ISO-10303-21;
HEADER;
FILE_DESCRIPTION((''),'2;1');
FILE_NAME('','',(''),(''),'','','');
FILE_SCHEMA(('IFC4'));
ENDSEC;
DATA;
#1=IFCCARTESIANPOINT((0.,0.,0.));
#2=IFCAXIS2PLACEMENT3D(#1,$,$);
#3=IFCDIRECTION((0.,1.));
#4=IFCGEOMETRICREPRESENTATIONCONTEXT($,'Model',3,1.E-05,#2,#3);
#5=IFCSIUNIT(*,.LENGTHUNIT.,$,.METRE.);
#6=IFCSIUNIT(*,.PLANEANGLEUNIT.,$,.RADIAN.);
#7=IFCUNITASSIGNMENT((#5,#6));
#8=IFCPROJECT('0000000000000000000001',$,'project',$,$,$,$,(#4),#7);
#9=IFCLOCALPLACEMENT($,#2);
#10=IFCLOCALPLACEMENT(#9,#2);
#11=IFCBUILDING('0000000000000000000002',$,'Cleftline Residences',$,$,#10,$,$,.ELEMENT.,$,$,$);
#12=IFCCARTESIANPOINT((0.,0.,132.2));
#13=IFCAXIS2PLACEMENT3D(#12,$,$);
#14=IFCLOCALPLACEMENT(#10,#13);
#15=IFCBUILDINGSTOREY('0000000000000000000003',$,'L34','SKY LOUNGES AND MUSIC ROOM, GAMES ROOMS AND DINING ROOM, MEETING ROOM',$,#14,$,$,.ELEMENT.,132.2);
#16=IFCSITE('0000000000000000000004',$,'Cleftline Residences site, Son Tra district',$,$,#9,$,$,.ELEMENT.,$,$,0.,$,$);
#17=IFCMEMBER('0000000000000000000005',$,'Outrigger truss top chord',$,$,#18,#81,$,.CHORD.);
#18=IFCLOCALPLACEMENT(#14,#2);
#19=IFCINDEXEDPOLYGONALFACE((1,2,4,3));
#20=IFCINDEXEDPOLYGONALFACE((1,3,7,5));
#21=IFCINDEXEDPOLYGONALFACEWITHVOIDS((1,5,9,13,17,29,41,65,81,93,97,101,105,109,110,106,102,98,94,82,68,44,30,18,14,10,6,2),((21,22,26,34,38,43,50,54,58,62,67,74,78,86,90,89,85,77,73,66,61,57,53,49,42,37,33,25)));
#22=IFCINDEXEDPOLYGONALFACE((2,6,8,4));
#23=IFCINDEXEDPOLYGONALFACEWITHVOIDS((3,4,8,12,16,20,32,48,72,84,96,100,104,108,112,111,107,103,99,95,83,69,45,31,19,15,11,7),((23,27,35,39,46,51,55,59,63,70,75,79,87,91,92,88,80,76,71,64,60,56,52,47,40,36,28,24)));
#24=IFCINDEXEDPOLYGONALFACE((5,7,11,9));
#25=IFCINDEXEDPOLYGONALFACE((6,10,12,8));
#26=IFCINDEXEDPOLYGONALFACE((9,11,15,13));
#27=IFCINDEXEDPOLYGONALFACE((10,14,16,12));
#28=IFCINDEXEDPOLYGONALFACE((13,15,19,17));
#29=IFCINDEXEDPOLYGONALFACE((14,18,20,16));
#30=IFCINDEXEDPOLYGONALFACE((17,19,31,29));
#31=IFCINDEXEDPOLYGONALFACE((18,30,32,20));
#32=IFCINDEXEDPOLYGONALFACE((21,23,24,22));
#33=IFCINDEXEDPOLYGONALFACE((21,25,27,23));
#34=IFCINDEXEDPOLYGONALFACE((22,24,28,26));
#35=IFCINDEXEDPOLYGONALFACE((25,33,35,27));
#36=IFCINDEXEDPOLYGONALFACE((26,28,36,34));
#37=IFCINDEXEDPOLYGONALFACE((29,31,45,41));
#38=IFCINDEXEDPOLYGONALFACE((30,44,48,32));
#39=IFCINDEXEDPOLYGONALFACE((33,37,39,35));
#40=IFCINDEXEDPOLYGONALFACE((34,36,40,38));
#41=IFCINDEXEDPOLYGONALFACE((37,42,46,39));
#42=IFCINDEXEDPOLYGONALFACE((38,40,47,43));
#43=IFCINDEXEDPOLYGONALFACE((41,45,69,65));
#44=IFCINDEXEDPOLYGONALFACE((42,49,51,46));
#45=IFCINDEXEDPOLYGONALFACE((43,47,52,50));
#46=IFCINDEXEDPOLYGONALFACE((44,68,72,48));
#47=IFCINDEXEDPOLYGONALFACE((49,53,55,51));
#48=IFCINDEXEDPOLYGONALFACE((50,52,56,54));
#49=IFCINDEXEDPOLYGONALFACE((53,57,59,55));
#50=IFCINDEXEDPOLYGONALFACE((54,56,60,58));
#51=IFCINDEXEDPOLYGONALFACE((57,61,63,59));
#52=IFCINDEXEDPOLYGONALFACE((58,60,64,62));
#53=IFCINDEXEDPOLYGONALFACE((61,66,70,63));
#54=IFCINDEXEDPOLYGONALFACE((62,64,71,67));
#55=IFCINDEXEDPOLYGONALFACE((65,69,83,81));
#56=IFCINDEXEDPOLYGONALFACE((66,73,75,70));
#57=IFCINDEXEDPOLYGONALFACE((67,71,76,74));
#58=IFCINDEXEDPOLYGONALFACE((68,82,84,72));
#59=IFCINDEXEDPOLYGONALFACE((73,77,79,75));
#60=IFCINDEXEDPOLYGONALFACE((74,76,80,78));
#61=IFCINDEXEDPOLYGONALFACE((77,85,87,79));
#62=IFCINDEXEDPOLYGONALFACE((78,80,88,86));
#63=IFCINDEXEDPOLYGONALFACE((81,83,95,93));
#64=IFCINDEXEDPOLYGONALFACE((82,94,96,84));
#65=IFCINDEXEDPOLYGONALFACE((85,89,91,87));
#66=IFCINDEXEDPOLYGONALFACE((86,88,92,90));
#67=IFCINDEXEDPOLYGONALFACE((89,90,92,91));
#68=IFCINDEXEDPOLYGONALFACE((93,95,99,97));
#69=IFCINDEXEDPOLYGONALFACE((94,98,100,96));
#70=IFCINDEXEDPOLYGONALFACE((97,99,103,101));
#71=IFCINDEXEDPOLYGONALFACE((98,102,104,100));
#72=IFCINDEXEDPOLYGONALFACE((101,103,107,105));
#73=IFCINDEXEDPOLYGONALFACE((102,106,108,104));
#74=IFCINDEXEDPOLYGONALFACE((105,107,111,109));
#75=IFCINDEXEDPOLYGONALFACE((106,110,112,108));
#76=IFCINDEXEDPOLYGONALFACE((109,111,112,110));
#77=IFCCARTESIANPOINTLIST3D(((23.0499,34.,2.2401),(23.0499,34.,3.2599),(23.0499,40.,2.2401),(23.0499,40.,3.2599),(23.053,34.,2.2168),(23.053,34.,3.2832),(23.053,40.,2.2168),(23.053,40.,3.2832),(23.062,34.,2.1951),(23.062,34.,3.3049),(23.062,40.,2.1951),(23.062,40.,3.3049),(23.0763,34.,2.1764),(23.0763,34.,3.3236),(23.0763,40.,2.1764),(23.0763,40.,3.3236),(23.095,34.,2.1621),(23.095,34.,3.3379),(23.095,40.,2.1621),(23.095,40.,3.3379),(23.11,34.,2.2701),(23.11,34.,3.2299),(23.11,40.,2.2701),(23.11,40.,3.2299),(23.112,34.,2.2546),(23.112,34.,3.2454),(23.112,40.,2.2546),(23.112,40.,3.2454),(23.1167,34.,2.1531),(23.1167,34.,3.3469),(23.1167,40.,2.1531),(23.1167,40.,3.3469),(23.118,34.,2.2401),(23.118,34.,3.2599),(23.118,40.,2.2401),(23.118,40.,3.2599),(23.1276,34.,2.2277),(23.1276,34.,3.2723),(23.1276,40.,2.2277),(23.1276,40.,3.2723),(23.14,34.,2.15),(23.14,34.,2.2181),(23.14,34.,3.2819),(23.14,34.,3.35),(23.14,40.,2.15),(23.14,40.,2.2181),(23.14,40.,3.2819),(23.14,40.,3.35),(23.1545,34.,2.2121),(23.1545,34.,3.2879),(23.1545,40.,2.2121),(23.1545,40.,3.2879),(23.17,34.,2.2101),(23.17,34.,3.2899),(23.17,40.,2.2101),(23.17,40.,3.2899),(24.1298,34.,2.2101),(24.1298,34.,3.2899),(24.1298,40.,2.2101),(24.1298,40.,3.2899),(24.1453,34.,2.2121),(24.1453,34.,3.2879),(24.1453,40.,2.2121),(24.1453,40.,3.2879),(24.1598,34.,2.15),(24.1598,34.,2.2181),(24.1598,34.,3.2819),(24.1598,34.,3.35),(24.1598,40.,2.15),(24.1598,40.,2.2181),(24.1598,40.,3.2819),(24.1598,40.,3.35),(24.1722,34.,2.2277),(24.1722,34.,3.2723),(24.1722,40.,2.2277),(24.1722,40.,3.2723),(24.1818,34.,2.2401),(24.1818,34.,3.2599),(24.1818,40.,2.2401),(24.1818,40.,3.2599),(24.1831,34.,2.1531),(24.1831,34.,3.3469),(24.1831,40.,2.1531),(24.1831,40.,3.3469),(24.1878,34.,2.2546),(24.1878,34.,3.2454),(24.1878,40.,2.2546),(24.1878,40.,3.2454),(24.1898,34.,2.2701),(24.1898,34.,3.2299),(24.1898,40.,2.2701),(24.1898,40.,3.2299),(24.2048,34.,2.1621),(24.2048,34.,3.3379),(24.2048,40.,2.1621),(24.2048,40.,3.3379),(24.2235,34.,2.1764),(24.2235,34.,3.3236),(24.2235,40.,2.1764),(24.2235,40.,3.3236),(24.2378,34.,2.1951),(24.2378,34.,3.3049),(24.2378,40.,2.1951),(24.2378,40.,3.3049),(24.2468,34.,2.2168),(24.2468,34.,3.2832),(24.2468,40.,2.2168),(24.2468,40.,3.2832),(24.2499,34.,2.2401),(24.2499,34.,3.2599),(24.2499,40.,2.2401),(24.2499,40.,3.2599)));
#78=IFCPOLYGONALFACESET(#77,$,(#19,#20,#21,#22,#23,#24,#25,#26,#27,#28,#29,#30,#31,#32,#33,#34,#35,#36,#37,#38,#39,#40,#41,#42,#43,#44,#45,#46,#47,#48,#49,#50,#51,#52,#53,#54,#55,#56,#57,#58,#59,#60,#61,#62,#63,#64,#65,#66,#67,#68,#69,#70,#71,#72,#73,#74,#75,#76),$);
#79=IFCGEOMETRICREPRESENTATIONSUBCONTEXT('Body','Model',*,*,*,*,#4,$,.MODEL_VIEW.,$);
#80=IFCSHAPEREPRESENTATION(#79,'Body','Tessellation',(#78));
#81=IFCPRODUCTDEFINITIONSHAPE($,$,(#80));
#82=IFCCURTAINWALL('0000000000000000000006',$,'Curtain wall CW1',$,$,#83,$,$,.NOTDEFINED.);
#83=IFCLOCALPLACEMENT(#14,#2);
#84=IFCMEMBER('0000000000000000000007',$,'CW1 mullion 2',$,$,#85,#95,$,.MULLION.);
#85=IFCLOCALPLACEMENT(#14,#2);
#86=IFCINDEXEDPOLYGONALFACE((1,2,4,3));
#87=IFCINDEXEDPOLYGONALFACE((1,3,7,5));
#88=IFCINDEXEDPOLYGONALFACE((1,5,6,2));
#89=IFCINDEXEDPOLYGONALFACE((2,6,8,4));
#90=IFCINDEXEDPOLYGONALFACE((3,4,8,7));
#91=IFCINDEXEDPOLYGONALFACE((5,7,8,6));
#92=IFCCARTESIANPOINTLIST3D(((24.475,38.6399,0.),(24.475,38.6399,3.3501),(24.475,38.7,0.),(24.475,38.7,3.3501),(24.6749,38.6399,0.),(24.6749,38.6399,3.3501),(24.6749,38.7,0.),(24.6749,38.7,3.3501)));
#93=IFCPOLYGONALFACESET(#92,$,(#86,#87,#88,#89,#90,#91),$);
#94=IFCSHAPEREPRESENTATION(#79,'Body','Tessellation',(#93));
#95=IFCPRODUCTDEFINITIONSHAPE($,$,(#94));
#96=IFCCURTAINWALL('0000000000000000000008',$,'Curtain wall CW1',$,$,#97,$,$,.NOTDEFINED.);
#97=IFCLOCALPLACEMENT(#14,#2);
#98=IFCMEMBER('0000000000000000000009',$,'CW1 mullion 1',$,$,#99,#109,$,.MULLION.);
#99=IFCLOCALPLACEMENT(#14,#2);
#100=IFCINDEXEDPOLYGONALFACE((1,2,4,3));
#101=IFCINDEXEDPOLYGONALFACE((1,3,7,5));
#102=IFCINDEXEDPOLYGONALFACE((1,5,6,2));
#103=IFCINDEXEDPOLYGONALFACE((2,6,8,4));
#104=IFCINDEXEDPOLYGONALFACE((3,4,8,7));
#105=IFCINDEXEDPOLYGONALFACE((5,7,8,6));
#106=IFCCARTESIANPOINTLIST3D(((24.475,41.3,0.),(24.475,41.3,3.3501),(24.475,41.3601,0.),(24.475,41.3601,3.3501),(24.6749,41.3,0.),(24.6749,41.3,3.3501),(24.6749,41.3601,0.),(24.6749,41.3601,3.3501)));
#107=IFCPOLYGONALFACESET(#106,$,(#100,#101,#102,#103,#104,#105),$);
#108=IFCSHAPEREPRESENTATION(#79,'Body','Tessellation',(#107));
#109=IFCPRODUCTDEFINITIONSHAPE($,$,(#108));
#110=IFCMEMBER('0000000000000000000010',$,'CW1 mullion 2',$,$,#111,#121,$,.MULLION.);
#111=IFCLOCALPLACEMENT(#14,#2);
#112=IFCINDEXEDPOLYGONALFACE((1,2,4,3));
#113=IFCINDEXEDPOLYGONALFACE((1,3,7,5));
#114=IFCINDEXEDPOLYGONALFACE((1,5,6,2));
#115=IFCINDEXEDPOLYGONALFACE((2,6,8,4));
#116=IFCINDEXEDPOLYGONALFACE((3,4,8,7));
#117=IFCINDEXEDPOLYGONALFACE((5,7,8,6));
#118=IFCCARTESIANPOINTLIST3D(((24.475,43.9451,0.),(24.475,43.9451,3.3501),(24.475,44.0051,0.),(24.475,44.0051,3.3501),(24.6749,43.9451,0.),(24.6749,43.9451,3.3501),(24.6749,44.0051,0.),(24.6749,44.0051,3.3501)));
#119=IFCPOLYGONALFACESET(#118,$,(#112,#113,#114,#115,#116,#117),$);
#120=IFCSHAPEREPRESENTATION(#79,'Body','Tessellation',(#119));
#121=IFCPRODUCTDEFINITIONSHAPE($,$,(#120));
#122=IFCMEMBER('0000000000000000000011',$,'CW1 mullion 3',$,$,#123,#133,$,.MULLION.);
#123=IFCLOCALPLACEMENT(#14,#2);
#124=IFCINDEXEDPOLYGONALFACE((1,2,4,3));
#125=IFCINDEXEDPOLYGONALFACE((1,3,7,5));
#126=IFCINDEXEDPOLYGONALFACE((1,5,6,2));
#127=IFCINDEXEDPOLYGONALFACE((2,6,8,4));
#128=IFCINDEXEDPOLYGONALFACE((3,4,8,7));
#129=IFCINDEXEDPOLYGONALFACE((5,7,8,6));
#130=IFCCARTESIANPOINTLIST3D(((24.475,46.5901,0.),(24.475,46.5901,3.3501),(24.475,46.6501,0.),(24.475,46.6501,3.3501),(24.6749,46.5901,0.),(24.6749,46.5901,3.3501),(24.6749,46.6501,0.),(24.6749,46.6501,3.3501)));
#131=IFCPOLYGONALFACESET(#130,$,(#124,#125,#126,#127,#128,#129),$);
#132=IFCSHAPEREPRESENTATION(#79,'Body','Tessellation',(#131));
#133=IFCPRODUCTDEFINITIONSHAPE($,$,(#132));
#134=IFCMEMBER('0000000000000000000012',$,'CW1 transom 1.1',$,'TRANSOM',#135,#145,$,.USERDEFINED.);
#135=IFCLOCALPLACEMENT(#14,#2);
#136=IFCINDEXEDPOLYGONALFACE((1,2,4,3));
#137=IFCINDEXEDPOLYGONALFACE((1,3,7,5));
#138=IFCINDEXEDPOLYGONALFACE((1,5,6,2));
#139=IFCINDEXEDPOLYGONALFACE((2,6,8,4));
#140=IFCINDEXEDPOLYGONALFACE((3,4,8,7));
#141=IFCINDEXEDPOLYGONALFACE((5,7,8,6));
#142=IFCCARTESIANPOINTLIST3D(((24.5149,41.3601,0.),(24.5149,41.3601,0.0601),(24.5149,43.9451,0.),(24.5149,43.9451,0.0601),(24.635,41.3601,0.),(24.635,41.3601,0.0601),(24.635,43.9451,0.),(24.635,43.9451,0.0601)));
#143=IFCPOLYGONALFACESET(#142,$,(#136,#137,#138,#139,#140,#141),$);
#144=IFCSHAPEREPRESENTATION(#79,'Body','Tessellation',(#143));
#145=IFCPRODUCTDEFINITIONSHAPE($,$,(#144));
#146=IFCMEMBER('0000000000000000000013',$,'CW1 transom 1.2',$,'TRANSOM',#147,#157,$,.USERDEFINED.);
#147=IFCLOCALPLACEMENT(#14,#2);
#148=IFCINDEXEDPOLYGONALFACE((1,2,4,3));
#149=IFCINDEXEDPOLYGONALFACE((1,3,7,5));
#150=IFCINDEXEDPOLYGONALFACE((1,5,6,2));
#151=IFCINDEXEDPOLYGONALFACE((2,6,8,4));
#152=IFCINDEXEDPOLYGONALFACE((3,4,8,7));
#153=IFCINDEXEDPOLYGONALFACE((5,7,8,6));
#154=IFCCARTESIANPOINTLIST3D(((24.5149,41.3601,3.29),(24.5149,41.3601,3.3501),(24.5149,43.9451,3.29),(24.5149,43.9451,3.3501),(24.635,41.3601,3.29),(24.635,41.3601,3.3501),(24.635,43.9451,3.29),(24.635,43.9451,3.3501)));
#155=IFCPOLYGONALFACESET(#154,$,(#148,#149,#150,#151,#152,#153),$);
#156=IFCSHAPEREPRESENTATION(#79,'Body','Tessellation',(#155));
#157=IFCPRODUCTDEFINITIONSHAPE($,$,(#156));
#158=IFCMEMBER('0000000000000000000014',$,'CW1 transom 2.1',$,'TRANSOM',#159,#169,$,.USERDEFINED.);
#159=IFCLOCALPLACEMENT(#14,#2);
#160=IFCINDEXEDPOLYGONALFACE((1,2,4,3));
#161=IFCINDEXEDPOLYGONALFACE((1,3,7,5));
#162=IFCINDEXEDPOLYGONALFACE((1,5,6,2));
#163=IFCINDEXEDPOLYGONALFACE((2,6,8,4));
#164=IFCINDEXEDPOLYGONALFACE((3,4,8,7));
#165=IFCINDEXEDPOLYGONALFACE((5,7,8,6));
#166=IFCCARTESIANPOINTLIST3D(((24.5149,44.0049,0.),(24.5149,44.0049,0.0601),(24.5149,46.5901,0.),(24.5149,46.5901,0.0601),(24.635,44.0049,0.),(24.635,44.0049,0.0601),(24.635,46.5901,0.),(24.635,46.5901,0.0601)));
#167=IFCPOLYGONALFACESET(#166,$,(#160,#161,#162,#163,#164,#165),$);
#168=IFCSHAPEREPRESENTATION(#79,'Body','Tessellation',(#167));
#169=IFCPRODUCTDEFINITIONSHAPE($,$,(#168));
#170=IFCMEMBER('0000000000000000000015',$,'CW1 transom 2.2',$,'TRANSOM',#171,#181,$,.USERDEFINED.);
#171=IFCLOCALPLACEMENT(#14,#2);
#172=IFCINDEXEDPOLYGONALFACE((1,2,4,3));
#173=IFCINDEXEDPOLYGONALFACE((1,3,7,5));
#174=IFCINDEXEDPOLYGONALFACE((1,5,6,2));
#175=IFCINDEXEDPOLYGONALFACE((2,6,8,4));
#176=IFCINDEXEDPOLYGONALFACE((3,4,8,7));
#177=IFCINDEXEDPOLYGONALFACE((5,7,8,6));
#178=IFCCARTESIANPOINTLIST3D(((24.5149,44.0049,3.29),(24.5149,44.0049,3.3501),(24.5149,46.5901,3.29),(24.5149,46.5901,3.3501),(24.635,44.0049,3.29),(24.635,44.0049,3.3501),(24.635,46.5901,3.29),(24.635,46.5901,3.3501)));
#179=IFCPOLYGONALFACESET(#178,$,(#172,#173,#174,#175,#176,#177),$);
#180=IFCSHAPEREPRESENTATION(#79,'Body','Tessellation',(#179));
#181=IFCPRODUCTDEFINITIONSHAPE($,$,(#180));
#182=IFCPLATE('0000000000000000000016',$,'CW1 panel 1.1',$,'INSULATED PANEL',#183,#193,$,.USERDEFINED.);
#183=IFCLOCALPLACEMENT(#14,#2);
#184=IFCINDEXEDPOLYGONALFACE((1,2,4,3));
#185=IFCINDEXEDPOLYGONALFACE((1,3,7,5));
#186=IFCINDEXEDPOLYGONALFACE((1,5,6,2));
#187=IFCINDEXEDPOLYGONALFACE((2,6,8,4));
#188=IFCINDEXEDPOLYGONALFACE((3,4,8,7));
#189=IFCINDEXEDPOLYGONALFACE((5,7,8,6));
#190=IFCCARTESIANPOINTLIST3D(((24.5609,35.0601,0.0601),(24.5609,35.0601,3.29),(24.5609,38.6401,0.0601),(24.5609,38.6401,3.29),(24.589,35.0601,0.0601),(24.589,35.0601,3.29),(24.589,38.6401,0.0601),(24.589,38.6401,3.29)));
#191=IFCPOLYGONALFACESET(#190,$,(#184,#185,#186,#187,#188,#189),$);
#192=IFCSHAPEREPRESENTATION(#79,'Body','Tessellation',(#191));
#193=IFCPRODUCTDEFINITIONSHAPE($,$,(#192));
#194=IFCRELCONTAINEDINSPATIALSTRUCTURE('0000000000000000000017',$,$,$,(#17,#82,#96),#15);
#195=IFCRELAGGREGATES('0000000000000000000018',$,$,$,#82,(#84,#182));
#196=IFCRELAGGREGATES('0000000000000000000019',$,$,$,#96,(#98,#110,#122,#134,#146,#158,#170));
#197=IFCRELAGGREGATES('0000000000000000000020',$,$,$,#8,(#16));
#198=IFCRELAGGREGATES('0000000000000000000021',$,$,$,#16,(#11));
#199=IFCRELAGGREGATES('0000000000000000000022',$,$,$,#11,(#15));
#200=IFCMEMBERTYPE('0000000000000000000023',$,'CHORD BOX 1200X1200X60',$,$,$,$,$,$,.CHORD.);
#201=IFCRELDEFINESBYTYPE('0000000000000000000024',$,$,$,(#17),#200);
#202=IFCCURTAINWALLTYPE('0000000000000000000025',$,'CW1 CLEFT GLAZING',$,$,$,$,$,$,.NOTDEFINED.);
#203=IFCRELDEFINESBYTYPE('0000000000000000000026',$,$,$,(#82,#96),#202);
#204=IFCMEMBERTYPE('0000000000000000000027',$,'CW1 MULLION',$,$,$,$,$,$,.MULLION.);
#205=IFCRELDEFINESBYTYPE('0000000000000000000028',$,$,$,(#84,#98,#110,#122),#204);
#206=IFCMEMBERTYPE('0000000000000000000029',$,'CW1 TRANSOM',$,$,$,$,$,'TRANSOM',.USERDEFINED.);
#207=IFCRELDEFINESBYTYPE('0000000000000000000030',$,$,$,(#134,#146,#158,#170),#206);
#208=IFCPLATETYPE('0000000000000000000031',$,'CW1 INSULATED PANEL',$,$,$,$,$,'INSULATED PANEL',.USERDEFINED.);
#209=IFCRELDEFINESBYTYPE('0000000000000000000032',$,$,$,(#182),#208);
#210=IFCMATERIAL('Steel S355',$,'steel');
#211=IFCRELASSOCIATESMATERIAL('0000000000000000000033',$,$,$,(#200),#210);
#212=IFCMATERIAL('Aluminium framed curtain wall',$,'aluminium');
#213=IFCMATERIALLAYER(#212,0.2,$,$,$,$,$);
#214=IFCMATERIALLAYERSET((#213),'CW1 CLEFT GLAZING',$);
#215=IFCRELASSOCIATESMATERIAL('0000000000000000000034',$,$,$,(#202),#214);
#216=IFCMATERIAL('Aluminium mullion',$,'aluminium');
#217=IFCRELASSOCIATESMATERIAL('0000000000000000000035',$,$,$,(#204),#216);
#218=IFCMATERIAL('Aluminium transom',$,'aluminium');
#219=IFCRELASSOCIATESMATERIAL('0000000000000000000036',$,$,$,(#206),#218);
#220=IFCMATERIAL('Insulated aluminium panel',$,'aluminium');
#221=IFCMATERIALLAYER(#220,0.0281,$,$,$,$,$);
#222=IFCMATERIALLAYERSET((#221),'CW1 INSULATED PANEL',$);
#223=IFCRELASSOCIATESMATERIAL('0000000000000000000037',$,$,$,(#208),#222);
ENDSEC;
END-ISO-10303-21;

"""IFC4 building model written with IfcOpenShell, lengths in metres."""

from ifc_helpers import new_model, si_unit, direction, frame, origin, origin_2d, place, context, subcontext, project, spatial, rectangle, hollow_rectangle, extrude, material, layer, layer_set, material_profile, profile_set, type_object, element, aggregate, save


model = new_model("IFC4")

# Units and contexts
model_context = context("Model", 3, precision=1e-05, world=origin(), true_north=direction((0.0, 1.0)))
body_context = subcontext(model_context, "Body", "Model", "MODEL_VIEW")
ifc_project = project(units=[si_unit("LENGTHUNIT", "METRE"), si_unit("PLANEANGLEUNIT", "RADIAN")], contexts=[model_context])

# Site, building, storey
site_placement = place(None, origin())
site = spatial("IfcSite", under=ifc_project, at=site_placement, Name="Cleftline Residences site, Son Tra district", CompositionType="ELEMENT", RefElevation=0.0)
building_placement = place(site_placement, origin())
building = spatial("IfcBuilding", under=site, at=building_placement, Name="Cleftline Residences", CompositionType="ELEMENT")
storey_placement = place(building_placement, frame((0.0, 0.0, 132.2)))
storey = spatial("IfcBuildingStorey", under=building, at=storey_placement, Name="L34", Description="SKY LOUNGES AND MUSIC ROOM, GAMES ROOMS AND DINING ROOM, MEETING ROOM", CompositionType="ELEMENT", Elevation=132.2)

# Member
ifc_material_1 = material(Name="Steel S355", Category="steel")
ifc_material_profile_1 = material_profile(ifc_material_1, hollow_rectangle(XDim=1.2, YDim=1.2, WallThickness=0.0601, InnerFilletRadius=0.0601, OuterFilletRadius=0.0901, at=origin_2d()))
ifc_profile_set_1 = profile_set([ifc_material_profile_1], Name="Steel S355")
member_type_1 = type_object("IfcMemberType", Name="CHORD BOX 1200X1200X60", PredefinedType="CHORD", material=ifc_profile_set_1)
for number, where, z_axis, x_axis, name in (
    (1, (23.6499, 40.0, 2.75), (0.0, -1.0, 0.0), (1.0, 0.0, 0.0), "Outrigger truss top chord"),
):
    element("IfcMember", number, at=place(storey_placement, frame(where, z_axis=z_axis, x_axis=x_axis)), inside=storey, type_object=member_type_1, Name=name, PredefinedType="CHORD", context=body_context, shape_type="SweptSolid", body=[
        extrude(hollow_rectangle(XDim=1.2, YDim=1.2, WallThickness=0.0601, InnerFilletRadius=0.0601, OuterFilletRadius=0.0901, at=origin_2d()), origin(), (0.0, 0.0, 1.0), 6.0),
    ])

# Curtain wall, member
ifc_material_2 = material(Name="Aluminium framed curtain wall", Category="aluminium")
ifc_layer_1 = layer(ifc_material_2, 0.2)
ifc_layer_set_1 = layer_set([ifc_layer_1], Name="CW1 CLEFT GLAZING")
curtain_wall_type = type_object("IfcCurtainWallType", Name="CW1 CLEFT GLAZING", PredefinedType="NOTDEFINED", material=ifc_layer_set_1)
curtain_wall_1_placement = place(storey_placement, origin())
curtain_wall_1 = element("IfcCurtainWall", 2, at=curtain_wall_1_placement, inside=storey, type_object=curtain_wall_type, Name="Curtain wall CW1", PredefinedType="NOTDEFINED")
ifc_material_3 = material(Name="Aluminium mullion", Category="aluminium")
ifc_material_profile_2 = material_profile(ifc_material_3, rectangle(XDim=0.2, YDim=0.0601, at=origin_2d()))
ifc_profile_set_2 = profile_set([ifc_material_profile_2], Name="Aluminium mullion")
member_type_2 = type_object("IfcMemberType", Name="CW1 MULLION", PredefinedType="MULLION", material=ifc_profile_set_2)
member_1_placement = place(storey_placement, frame((24.575, 38.6699, 0.0), z_axis=(0.0, 0.0, 1.0), x_axis=(-1.0, 0.0, 0.0)))
member_1 = element("IfcMember", 3, at=member_1_placement, type_object=member_type_2, Name="CW1 mullion 2", PredefinedType="MULLION", context=body_context, shape_type="SweptSolid", body=[
    extrude(rectangle(XDim=0.2, YDim=0.0601, at=origin_2d()), origin(), (0.0, 0.0, 1.0), 3.3501),
])

# Curtain wall, members
curtain_wall_2_placement = place(storey_placement, origin())
curtain_wall_2 = element("IfcCurtainWall", 4, at=curtain_wall_2_placement, inside=storey, type_object=curtain_wall_type, Name="Curtain wall CW1", PredefinedType="NOTDEFINED")
member_2_placement = place(storey_placement, frame((24.575, 41.3301, 0.0), z_axis=(0.0, 0.0, 1.0), x_axis=(-1.0, 0.0, 0.0)))
member_2 = element("IfcMember", 5, at=member_2_placement, type_object=member_type_2, Name="CW1 mullion 1", PredefinedType="MULLION", context=body_context, shape_type="SweptSolid", body=[
    extrude(rectangle(XDim=0.2, YDim=0.0601, at=origin_2d()), origin(), (0.0, 0.0, 1.0), 3.3501),
])
member_3_placement = place(storey_placement, frame((24.575, 43.9751, 0.0), z_axis=(0.0, 0.0, 1.0), x_axis=(-1.0, 0.0, 0.0)))
member_3 = element("IfcMember", 6, at=member_3_placement, type_object=member_type_2, Name="CW1 mullion 2", PredefinedType="MULLION", context=body_context, shape_type="SweptSolid", body=[
    extrude(rectangle(XDim=0.2, YDim=0.0601, at=origin_2d()), origin(), (0.0, 0.0, 1.0), 3.3501),
])
member_4_placement = place(storey_placement, frame((24.575, 46.6201, 0.0), z_axis=(0.0, 0.0, 1.0), x_axis=(-1.0, 0.0, 0.0)))
member_4 = element("IfcMember", 7, at=member_4_placement, type_object=member_type_2, Name="CW1 mullion 3", PredefinedType="MULLION", context=body_context, shape_type="SweptSolid", body=[
    extrude(rectangle(XDim=0.2, YDim=0.0601, at=origin_2d()), origin(), (0.0, 0.0, 1.0), 3.3501),
])
ifc_material_4 = material(Name="Aluminium transom", Category="aluminium")
ifc_material_profile_3 = material_profile(ifc_material_4, rectangle(XDim=0.1201, YDim=0.0601, at=origin_2d()))
ifc_profile_set_3 = profile_set([ifc_material_profile_3], Name="Aluminium transom")
member_type_3 = type_object("IfcMemberType", Name="CW1 TRANSOM", ElementType="TRANSOM", PredefinedType="USERDEFINED", material=ifc_profile_set_3)
member_5_placement = place(storey_placement, frame((24.575, 41.3601, 0.03), z_axis=(0.0, 1.0, 0.0), x_axis=(-1.0, 0.0, 0.0)))
member_5 = element("IfcMember", 8, at=member_5_placement, type_object=member_type_3, Name="CW1 transom 1.1", ObjectType="TRANSOM", PredefinedType="USERDEFINED", context=body_context, shape_type="SweptSolid", body=[
    extrude(rectangle(XDim=0.1201, YDim=0.0601, at=origin_2d()), origin(), (0.0, 0.0, 1.0), 2.585),
])
member_6_placement = place(storey_placement, frame((24.575, 41.3601, 3.3201), z_axis=(0.0, 1.0, 0.0), x_axis=(-1.0, 0.0, 0.0)))
member_6 = element("IfcMember", 9, at=member_6_placement, type_object=member_type_3, Name="CW1 transom 1.2", ObjectType="TRANSOM", PredefinedType="USERDEFINED", context=body_context, shape_type="SweptSolid", body=[
    extrude(rectangle(XDim=0.1201, YDim=0.0601, at=origin_2d()), origin(), (0.0, 0.0, 1.0), 2.585),
])
member_7_placement = place(storey_placement, frame((24.575, 44.0049, 0.03), z_axis=(0.0, 1.0, 0.0), x_axis=(-1.0, 0.0, 0.0)))
member_7 = element("IfcMember", 10, at=member_7_placement, type_object=member_type_3, Name="CW1 transom 2.1", ObjectType="TRANSOM", PredefinedType="USERDEFINED", context=body_context, shape_type="SweptSolid", body=[
    extrude(rectangle(XDim=0.1201, YDim=0.0601, at=origin_2d()), origin(), (0.0, 0.0, 1.0), 2.5852),
])
member_8_placement = place(storey_placement, frame((24.575, 44.0049, 3.3201), z_axis=(0.0, 1.0, 0.0), x_axis=(-1.0, 0.0, 0.0)))
member_8 = element("IfcMember", 11, at=member_8_placement, type_object=member_type_3, Name="CW1 transom 2.2", ObjectType="TRANSOM", PredefinedType="USERDEFINED", context=body_context, shape_type="SweptSolid", body=[
    extrude(rectangle(XDim=0.1201, YDim=0.0601, at=origin_2d()), origin(), (0.0, 0.0, 1.0), 2.5852),
])

# Plate
ifc_material_5 = material(Name="Insulated aluminium panel", Category="aluminium")
ifc_layer_2 = layer(ifc_material_5, 0.0281)
ifc_layer_set_2 = layer_set([ifc_layer_2], Name="CW1 INSULATED PANEL")
plate_type = type_object("IfcPlateType", Name="CW1 INSULATED PANEL", ElementType="INSULATED PANEL", PredefinedType="USERDEFINED", material=ifc_layer_set_2)
plate_1_placement = place(storey_placement, frame((24.575, 36.8501, 0.0601), z_axis=(0.0, 0.0, 1.0), x_axis=(0.0, 1.0, 0.0)))
plate_1 = element("IfcPlate", 12, at=plate_1_placement, type_object=plate_type, Name="CW1 panel 1.1", ObjectType="INSULATED PANEL", PredefinedType="USERDEFINED", context=body_context, shape_type="SweptSolid", body=[
    extrude(rectangle(XDim=3.5801, YDim=0.0281, at=origin_2d()), origin(), (0.0, 0.0, 1.0), 3.23),
])
aggregate(curtain_wall_1, [member_1, plate_1])
aggregate(curtain_wall_2, [member_2, member_3, member_4, member_5, member_6, member_7, member_8])

save(model, "model.ifc")
